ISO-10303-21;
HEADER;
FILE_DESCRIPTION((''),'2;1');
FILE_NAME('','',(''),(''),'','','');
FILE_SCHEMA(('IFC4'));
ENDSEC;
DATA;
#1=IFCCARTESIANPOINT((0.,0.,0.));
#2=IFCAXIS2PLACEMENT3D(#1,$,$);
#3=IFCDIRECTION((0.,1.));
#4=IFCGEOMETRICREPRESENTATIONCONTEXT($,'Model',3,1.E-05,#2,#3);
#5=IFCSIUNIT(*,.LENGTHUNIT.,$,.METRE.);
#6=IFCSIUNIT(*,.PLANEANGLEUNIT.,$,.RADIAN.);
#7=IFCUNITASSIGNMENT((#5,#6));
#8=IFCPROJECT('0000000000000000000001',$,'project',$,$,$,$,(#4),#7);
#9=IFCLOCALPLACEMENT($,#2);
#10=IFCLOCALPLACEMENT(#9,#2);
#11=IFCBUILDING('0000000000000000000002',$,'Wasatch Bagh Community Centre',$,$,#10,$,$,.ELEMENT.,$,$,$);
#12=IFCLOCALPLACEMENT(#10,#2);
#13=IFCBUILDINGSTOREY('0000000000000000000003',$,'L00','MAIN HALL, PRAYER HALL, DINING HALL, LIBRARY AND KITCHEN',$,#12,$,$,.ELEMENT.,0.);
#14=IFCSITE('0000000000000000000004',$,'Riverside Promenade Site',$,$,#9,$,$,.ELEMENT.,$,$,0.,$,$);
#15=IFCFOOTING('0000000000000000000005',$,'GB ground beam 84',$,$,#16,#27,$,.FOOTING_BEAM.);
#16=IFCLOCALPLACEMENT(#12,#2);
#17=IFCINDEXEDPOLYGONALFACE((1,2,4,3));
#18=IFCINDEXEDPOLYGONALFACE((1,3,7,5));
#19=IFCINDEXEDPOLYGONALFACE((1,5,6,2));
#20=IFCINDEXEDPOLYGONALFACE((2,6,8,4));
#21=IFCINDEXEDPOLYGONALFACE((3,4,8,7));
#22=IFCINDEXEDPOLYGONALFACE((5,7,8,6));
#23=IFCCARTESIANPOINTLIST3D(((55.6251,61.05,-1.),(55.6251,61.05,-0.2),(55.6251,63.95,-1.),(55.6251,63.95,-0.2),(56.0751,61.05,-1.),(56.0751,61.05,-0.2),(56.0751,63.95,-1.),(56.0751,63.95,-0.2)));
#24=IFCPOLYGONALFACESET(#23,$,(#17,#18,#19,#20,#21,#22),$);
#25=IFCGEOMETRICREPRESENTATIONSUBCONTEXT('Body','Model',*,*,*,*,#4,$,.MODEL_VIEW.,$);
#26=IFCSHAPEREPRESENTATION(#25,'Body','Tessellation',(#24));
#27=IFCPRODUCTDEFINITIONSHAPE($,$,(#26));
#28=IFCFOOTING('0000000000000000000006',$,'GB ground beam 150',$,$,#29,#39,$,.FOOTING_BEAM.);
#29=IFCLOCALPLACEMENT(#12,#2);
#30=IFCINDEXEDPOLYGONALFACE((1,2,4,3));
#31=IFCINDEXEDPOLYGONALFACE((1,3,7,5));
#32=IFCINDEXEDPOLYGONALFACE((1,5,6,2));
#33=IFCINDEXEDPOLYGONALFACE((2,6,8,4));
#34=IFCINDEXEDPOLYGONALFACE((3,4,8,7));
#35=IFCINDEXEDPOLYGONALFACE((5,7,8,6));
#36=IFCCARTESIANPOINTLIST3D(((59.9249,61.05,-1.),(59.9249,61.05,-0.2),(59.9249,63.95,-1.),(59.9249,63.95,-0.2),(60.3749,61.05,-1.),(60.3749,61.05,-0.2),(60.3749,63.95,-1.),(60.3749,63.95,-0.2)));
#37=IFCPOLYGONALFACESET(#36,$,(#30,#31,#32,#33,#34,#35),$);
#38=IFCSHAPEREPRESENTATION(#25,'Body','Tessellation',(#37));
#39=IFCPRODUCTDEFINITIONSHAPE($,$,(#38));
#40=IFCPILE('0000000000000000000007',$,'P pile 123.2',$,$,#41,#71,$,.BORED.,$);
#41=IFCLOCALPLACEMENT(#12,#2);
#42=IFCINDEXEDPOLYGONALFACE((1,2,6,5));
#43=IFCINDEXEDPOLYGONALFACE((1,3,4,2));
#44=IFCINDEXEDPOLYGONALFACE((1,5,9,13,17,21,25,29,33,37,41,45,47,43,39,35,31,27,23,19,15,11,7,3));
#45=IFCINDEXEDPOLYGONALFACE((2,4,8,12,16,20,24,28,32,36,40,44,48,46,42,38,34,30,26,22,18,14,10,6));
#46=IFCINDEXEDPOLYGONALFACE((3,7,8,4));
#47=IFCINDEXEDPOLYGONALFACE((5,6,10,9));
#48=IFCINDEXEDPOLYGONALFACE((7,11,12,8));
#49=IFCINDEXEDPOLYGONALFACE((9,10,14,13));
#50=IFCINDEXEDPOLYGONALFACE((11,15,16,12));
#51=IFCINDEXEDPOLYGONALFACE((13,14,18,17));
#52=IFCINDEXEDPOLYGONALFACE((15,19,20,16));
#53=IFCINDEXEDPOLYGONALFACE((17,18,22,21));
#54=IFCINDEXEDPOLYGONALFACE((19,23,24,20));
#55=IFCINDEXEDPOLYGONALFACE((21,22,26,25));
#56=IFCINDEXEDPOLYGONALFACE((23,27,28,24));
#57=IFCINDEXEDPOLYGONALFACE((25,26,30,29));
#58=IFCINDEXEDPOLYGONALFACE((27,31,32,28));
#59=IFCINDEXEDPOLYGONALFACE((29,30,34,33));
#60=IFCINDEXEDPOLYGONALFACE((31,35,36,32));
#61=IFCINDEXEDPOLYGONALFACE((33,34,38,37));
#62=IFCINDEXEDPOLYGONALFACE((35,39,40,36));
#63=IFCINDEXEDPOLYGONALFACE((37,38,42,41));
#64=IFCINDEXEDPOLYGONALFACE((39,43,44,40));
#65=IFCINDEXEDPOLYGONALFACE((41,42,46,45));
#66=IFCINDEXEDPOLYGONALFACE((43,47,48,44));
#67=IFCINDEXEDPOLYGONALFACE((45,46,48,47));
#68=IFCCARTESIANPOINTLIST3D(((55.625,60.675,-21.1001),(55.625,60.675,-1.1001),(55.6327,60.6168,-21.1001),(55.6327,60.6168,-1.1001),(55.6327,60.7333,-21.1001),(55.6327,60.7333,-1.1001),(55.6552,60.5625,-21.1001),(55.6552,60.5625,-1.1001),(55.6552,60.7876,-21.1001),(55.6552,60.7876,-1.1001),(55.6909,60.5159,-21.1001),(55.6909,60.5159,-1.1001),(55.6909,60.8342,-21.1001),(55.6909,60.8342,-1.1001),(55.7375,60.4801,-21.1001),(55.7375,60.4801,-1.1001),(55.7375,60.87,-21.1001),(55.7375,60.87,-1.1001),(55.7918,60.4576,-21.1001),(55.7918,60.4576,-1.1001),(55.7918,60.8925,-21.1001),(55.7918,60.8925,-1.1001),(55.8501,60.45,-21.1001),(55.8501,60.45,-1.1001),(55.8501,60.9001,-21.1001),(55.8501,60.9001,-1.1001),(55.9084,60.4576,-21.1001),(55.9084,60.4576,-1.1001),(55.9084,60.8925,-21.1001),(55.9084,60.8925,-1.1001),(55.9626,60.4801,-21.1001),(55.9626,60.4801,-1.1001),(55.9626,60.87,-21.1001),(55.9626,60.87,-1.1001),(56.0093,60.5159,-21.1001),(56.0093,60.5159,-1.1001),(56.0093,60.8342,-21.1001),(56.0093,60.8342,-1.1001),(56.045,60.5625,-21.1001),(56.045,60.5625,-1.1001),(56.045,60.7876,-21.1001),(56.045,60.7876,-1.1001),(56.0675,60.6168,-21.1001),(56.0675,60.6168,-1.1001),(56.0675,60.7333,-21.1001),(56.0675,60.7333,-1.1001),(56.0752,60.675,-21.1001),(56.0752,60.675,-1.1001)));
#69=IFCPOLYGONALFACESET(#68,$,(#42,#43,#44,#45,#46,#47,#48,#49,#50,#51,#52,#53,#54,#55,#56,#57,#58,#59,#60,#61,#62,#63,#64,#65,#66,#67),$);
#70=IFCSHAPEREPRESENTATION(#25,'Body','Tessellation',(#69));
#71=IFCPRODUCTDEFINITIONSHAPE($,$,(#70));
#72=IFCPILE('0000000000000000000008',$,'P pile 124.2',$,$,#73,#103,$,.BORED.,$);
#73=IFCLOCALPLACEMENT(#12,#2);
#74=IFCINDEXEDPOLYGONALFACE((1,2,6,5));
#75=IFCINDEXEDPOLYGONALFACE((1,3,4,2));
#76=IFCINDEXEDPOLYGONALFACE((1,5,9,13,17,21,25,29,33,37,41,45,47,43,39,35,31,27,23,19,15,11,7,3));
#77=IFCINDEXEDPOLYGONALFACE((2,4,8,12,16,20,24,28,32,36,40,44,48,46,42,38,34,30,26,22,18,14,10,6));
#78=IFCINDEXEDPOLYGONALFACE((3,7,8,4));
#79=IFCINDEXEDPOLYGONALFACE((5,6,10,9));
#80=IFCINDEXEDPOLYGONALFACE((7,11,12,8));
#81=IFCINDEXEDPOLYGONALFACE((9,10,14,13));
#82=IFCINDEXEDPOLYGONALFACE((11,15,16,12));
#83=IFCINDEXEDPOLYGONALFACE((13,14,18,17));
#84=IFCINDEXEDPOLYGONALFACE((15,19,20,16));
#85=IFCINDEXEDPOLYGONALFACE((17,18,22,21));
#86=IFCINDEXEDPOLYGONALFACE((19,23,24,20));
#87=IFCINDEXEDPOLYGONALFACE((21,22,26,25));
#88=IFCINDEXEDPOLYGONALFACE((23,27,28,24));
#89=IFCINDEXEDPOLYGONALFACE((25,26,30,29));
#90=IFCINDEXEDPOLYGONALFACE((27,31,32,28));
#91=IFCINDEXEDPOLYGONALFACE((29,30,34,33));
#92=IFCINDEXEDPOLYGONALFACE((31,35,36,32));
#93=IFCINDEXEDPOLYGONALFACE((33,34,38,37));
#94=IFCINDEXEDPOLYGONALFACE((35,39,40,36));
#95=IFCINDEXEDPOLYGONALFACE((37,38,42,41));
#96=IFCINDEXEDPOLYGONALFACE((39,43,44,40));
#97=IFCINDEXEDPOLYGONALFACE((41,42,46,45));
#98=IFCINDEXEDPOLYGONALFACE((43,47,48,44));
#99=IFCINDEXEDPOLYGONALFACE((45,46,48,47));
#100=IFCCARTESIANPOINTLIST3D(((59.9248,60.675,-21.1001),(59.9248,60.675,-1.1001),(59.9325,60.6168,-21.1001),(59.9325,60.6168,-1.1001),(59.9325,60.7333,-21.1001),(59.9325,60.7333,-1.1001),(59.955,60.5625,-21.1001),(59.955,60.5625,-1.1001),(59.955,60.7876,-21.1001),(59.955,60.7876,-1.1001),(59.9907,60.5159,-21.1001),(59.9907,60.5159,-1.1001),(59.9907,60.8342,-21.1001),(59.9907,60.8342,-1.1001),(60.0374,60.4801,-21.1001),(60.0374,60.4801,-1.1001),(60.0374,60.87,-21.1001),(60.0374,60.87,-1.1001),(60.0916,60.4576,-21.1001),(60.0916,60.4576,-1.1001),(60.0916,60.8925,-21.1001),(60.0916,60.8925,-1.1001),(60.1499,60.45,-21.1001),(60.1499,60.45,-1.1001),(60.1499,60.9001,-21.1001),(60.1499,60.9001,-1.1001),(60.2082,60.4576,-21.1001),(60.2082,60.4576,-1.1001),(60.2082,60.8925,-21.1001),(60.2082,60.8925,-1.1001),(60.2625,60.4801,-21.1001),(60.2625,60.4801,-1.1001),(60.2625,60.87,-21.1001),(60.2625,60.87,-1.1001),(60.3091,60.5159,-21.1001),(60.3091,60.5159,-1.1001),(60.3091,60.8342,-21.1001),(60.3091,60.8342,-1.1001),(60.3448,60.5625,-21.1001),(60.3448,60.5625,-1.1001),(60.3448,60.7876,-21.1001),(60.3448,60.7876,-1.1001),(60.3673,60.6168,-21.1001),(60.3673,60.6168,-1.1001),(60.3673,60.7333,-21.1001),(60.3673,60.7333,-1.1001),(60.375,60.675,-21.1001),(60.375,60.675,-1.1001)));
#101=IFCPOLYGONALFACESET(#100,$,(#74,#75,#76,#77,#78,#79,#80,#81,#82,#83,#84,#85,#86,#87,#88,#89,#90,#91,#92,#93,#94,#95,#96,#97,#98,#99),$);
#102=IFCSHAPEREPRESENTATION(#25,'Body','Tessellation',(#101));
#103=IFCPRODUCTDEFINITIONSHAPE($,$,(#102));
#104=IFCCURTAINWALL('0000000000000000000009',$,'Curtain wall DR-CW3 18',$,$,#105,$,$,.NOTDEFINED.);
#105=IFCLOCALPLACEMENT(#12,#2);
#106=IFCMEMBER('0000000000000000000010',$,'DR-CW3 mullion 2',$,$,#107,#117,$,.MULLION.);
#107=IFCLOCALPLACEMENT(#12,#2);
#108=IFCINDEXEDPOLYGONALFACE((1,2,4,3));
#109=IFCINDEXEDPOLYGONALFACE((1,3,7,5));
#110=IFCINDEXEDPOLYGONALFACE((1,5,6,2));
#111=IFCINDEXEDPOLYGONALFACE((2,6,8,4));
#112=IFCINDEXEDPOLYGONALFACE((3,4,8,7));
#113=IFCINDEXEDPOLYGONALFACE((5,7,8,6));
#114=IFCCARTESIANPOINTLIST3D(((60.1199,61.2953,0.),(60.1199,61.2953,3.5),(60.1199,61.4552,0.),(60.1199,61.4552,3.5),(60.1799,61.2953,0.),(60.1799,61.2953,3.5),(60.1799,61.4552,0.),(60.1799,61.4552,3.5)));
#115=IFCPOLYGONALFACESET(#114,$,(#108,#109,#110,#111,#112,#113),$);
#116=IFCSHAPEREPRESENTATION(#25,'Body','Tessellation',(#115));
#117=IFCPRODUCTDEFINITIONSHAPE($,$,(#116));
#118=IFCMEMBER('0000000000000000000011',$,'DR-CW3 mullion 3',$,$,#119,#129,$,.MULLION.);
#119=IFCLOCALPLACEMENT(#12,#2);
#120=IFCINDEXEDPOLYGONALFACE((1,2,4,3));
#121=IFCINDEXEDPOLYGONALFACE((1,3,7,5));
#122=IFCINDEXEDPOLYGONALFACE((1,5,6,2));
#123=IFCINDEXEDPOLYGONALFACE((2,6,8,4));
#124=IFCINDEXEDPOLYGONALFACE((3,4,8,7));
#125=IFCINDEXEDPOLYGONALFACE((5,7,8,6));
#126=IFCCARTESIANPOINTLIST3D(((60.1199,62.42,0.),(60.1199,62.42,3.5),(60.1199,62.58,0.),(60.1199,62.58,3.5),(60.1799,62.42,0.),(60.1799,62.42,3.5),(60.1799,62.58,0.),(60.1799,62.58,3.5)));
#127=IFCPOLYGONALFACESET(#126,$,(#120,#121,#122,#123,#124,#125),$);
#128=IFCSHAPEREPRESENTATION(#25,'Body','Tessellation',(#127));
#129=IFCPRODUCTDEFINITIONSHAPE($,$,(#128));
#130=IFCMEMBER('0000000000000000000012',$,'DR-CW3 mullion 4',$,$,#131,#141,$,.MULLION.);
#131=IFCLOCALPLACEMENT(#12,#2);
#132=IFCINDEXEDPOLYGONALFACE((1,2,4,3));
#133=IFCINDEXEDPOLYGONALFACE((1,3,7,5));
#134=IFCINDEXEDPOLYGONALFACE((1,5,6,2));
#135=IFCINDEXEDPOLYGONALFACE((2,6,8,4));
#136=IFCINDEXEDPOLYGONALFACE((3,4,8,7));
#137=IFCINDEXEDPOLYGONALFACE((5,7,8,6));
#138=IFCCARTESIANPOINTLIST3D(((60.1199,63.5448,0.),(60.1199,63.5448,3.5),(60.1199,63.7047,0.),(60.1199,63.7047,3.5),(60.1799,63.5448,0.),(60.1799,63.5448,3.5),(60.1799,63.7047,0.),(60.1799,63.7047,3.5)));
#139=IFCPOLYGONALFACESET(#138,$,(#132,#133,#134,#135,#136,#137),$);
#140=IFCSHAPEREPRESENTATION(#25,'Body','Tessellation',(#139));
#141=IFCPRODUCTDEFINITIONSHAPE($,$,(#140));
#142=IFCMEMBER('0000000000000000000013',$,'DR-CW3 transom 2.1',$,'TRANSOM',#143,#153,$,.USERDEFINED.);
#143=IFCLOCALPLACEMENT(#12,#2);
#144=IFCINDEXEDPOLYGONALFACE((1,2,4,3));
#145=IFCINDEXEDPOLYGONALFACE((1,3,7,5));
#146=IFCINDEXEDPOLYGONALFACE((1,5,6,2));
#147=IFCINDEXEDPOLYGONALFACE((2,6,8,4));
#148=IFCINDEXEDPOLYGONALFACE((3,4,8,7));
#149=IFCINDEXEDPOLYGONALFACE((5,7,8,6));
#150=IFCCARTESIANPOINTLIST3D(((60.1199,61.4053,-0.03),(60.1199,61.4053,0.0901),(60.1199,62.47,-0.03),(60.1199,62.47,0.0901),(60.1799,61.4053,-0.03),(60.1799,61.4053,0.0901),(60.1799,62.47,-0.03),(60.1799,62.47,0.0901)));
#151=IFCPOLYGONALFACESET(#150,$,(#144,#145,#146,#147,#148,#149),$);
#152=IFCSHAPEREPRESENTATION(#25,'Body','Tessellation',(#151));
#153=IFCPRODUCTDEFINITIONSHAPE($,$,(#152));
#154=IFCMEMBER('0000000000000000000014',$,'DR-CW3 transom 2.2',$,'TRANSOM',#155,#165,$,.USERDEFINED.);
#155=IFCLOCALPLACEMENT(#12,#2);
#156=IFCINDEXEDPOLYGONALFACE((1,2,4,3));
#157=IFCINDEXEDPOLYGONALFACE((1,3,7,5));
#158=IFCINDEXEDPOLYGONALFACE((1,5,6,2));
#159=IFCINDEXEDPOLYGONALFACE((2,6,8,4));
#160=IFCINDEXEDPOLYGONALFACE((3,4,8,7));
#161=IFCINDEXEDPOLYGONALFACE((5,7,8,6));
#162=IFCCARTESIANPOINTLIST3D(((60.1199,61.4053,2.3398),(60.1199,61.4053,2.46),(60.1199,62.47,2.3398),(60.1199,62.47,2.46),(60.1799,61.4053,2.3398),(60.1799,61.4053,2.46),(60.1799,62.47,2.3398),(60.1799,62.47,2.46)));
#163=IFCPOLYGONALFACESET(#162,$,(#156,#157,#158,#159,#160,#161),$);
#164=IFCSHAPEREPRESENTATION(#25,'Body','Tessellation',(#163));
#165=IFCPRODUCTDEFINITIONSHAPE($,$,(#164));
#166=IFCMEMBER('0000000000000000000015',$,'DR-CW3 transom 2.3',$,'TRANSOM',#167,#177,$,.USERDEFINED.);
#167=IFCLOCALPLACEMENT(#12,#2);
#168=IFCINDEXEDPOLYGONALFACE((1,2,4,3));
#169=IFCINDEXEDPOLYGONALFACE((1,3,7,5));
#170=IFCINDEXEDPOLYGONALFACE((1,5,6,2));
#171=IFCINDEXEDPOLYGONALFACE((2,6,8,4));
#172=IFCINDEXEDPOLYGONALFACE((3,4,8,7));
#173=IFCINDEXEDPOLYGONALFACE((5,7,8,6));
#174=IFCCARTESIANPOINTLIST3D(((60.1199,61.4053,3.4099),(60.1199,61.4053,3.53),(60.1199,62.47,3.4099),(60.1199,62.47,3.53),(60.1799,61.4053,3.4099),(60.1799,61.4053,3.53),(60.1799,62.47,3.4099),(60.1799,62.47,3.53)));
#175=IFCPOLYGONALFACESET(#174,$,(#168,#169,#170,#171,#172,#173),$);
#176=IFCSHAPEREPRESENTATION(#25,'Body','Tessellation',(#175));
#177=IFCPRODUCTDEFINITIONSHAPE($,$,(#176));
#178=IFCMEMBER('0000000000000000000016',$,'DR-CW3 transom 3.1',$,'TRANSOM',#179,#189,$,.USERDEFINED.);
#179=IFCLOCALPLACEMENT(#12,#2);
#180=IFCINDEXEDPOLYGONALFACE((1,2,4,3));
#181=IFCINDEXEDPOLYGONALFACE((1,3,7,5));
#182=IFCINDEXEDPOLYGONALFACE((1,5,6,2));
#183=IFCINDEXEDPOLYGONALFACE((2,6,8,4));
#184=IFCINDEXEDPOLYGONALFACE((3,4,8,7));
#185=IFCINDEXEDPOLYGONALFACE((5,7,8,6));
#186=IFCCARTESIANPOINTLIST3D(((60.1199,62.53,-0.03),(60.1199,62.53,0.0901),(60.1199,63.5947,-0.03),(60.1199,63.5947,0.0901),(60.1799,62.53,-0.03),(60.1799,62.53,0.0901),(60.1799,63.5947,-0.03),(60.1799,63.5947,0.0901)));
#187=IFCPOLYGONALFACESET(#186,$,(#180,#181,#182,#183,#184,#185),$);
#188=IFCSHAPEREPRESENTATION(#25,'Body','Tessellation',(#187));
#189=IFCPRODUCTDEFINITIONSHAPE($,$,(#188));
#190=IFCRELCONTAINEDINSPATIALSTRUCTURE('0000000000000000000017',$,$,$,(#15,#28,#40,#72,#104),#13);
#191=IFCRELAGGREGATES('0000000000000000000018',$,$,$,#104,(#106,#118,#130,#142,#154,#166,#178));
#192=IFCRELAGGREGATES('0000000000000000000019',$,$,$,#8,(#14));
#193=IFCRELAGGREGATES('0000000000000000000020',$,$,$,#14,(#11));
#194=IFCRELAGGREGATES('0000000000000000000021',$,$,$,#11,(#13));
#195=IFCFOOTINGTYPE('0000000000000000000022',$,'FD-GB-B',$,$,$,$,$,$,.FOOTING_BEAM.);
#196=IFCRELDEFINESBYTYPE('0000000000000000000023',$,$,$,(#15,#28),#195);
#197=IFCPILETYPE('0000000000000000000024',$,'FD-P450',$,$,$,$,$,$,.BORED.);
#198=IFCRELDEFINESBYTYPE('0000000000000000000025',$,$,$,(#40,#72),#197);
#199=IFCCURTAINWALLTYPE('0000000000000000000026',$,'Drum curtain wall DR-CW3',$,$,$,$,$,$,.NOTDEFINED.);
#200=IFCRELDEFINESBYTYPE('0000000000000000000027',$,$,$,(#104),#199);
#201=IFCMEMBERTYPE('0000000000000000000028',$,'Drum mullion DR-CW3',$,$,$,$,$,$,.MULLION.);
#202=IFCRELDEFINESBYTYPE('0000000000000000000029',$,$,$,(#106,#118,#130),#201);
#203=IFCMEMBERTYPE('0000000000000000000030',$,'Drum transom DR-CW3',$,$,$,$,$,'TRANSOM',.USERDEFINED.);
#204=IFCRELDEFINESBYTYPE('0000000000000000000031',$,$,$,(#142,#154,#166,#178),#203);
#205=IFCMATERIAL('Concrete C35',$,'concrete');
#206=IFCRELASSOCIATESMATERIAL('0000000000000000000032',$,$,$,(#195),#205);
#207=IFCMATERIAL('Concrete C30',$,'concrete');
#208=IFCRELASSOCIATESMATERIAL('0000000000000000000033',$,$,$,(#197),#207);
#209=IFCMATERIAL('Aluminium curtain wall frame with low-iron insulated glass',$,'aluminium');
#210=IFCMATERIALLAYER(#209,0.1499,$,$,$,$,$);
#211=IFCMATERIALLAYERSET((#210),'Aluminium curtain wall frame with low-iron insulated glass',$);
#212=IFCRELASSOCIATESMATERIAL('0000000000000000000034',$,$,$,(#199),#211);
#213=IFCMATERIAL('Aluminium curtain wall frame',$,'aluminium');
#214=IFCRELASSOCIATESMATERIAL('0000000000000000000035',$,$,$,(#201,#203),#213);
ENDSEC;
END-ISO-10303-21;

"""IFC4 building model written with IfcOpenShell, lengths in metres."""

from ifc_helpers import new_model, si_unit, direction, frame, origin, origin_2d, place, context, subcontext, project, spatial, rectangle, circle, extrude, material, layer, layer_set, material_profile, profile_set, type_object, element, aggregate, save


model = new_model("IFC4")

# Units and contexts
model_context = context("Model", 3, precision=1e-05, world=origin(), true_north=direction((0.0, 1.0)))
body_context = subcontext(model_context, "Body", "Model", "MODEL_VIEW")
ifc_project = project(units=[si_unit("LENGTHUNIT", "METRE"), si_unit("PLANEANGLEUNIT", "RADIAN")], contexts=[model_context])

# Site, building, storey
site_placement = place(None, origin())
site = spatial("IfcSite", under=ifc_project, at=site_placement, Name="Riverside Promenade Site", CompositionType="ELEMENT", RefElevation=0.0)
building_placement = place(site_placement, origin())
building = spatial("IfcBuilding", under=site, at=building_placement, Name="Wasatch Bagh Community Centre", CompositionType="ELEMENT")
storey_placement = place(building_placement, origin())
storey = spatial("IfcBuildingStorey", under=building, at=storey_placement, Name="L00", Description="MAIN HALL, PRAYER HALL, DINING HALL, LIBRARY AND KITCHEN", CompositionType="ELEMENT", Elevation=0.0)

# Footings
ifc_material_1 = material(Name="Concrete C35", Category="concrete")
footing_type = type_object("IfcFootingType", Name="FD-GB-B", PredefinedType="FOOTING_BEAM", material=ifc_material_1)
for number, where, z_axis, x_axis, name in (
    (1, (55.8501, 62.5, -1.0), (0.0, 0.0, 1.0), (0.0, 1.0, 0.0), "GB ground beam 84"),
    (2, (60.1499, 62.5, -1.0), (0.0, 0.0, 1.0), (0.0, 1.0, 0.0), "GB ground beam 150"),
):
    element("IfcFooting", number, at=place(storey_placement, frame(where, z_axis=z_axis, x_axis=x_axis)), inside=storey, type_object=footing_type, Name=name, PredefinedType="FOOTING_BEAM", context=body_context, shape_type="SweptSolid", body=[
        extrude(rectangle(XDim=2.8999, YDim=0.45, at=origin_2d()), origin(), (0.0, 0.0, 1.0), 0.8),
    ])

# Piles
ifc_material_2 = material(Name="Concrete C30", Category="concrete")
ifc_material_profile_1 = material_profile(ifc_material_2, circle(Radius=0.2251, at=origin_2d()), Name="RC D450")
ifc_profile_set_1 = profile_set([ifc_material_profile_1], Name="Concrete C30")
pile_type = type_object("IfcPileType", Name="FD-P450", PredefinedType="BORED", material=ifc_profile_set_1)
for number, where, z_axis, x_axis, name in (
    (3, (55.8501, 60.675, -1.1001), (0.0, 0.0, -1.0), (1.0, 0.0, 0.0), "P pile 123.2"),
    (4, (60.1499, 60.675, -1.1001), (0.0, 0.0, -1.0), (1.0, 0.0, 0.0), "P pile 124.2"),
):
    element("IfcPile", number, at=place(storey_placement, frame(where, z_axis=z_axis, x_axis=x_axis)), inside=storey, type_object=pile_type, Name=name, PredefinedType="BORED", context=body_context, shape_type="SweptSolid", body=[
        extrude(circle(Radius=0.2251, at=origin_2d()), origin(), (0.0, 0.0, 1.0), 20.0),
    ])

# Curtain wall, members
ifc_material_3 = material(Name="Aluminium curtain wall frame with low-iron insulated glass", Category="aluminium")
ifc_layer_1 = layer(ifc_material_3, 0.1499)
ifc_layer_set_1 = layer_set([ifc_layer_1], Name="Aluminium curtain wall frame with low-iron insulated glass")
curtain_wall_type = type_object("IfcCurtainWallType", Name="Drum curtain wall DR-CW3", PredefinedType="NOTDEFINED", material=ifc_layer_set_1)
curtain_wall_placement = place(storey_placement, origin())
curtain_wall = element("IfcCurtainWall", 5, at=curtain_wall_placement, inside=storey, type_object=curtain_wall_type, Name="Curtain wall DR-CW3 18", PredefinedType="NOTDEFINED")
ifc_material_4 = material(Name="Aluminium curtain wall frame", Category="aluminium")
ifc_material_profile_2 = material_profile(ifc_material_4, rectangle(XDim=0.0601, YDim=0.1599, at=origin_2d()), Name="Drum mullion DR-CW3")
ifc_profile_set_2 = profile_set([ifc_material_profile_2], Name="Aluminium curtain wall frame")
member_type_1 = type_object("IfcMemberType", Name="Drum mullion DR-CW3", PredefinedType="MULLION", material=ifc_profile_set_2)
member_1_placement = place(storey_placement, frame((60.1499, 61.3752, 0.0), z_axis=(0.0, 0.0, 1.0), x_axis=(-1.0, 0.0, 0.0)))
member_1 = element("IfcMember", 6, at=member_1_placement, type_object=member_type_1, Name="DR-CW3 mullion 2", PredefinedType="MULLION", context=body_context, shape_type="SweptSolid", body=[
    extrude(rectangle(XDim=0.0601, YDim=0.1599, at=origin_2d()), origin(), (0.0, 0.0, 1.0), 3.5),
])
member_2_placement = place(storey_placement, frame((60.1499, 62.5, 0.0), z_axis=(0.0, 0.0, 1.0), x_axis=(-1.0, 0.0, 0.0)))
member_2 = element("IfcMember", 7, at=member_2_placement, type_object=member_type_1, Name="DR-CW3 mullion 3", PredefinedType="MULLION", context=body_context, shape_type="SweptSolid", body=[
    extrude(rectangle(XDim=0.0601, YDim=0.1599, at=origin_2d()), origin(), (0.0, 0.0, 1.0), 3.5),
])
member_3_placement = place(storey_placement, frame((60.1499, 63.6248, 0.0), z_axis=(0.0, 0.0, 1.0), x_axis=(-1.0, 0.0, 0.0)))
member_3 = element("IfcMember", 8, at=member_3_placement, type_object=member_type_1, Name="DR-CW3 mullion 4", PredefinedType="MULLION", context=body_context, shape_type="SweptSolid", body=[
    extrude(rectangle(XDim=0.0601, YDim=0.1599, at=origin_2d()), origin(), (0.0, 0.0, 1.0), 3.5),
])
ifc_material_profile_3 = material_profile(ifc_material_4, rectangle(XDim=0.0601, YDim=0.1201, at=origin_2d()), Name="Drum transom DR-CW3")
ifc_profile_set_3 = profile_set([ifc_material_profile_3], Name="Aluminium curtain wall frame")
member_type_2 = type_object("IfcMemberType", Name="Drum transom DR-CW3", ElementType="TRANSOM", PredefinedType="USERDEFINED", material=ifc_profile_set_3)
member_4_placement = place(storey_placement, frame((60.1499, 61.4053, 0.03), z_axis=(0.0, 1.0, 0.0), x_axis=(-1.0, 0.0, 0.0)))
member_4 = element("IfcMember", 9, at=member_4_placement, type_object=member_type_2, Name="DR-CW3 transom 2.1", ObjectType="TRANSOM", PredefinedType="USERDEFINED", context=body_context, shape_type="SweptSolid", body=[
    extrude(rectangle(XDim=0.0601, YDim=0.1201, at=origin_2d()), origin(), (0.0, 0.0, 1.0), 1.0647),
])
member_5_placement = place(storey_placement, frame((60.1499, 61.4053, 2.3999), z_axis=(0.0, 1.0, 0.0), x_axis=(-1.0, 0.0, 0.0)))
member_5 = element("IfcMember", 10, at=member_5_placement, type_object=member_type_2, Name="DR-CW3 transom 2.2", ObjectType="TRANSOM", PredefinedType="USERDEFINED", context=body_context, shape_type="SweptSolid", body=[
    extrude(rectangle(XDim=0.0601, YDim=0.1201, at=origin_2d()), origin(), (0.0, 0.0, 1.0), 1.0647),
])
member_6_placement = place(storey_placement, frame((60.1499, 61.4053, 3.47), z_axis=(0.0, 1.0, 0.0), x_axis=(-1.0, 0.0, 0.0)))
member_6 = element("IfcMember", 11, at=member_6_placement, type_object=member_type_2, Name="DR-CW3 transom 2.3", ObjectType="TRANSOM", PredefinedType="USERDEFINED", context=body_context, shape_type="SweptSolid", body=[
    extrude(rectangle(XDim=0.0601, YDim=0.1201, at=origin_2d()), origin(), (0.0, 0.0, 1.0), 1.0647),
])
member_7_placement = place(storey_placement, frame((60.1499, 62.53, 0.03), z_axis=(0.0, 1.0, 0.0), x_axis=(-1.0, 0.0, 0.0)))
member_7 = element("IfcMember", 12, at=member_7_placement, type_object=member_type_2, Name="DR-CW3 transom 3.1", ObjectType="TRANSOM", PredefinedType="USERDEFINED", context=body_context, shape_type="SweptSolid", body=[
    extrude(rectangle(XDim=0.0601, YDim=0.1201, at=origin_2d()), origin(), (0.0, 0.0, 1.0), 1.0647),
])
aggregate(curtain_wall, [member_1, member_2, member_3, member_4, member_5, member_6, member_7])

save(model, "model.ifc")
